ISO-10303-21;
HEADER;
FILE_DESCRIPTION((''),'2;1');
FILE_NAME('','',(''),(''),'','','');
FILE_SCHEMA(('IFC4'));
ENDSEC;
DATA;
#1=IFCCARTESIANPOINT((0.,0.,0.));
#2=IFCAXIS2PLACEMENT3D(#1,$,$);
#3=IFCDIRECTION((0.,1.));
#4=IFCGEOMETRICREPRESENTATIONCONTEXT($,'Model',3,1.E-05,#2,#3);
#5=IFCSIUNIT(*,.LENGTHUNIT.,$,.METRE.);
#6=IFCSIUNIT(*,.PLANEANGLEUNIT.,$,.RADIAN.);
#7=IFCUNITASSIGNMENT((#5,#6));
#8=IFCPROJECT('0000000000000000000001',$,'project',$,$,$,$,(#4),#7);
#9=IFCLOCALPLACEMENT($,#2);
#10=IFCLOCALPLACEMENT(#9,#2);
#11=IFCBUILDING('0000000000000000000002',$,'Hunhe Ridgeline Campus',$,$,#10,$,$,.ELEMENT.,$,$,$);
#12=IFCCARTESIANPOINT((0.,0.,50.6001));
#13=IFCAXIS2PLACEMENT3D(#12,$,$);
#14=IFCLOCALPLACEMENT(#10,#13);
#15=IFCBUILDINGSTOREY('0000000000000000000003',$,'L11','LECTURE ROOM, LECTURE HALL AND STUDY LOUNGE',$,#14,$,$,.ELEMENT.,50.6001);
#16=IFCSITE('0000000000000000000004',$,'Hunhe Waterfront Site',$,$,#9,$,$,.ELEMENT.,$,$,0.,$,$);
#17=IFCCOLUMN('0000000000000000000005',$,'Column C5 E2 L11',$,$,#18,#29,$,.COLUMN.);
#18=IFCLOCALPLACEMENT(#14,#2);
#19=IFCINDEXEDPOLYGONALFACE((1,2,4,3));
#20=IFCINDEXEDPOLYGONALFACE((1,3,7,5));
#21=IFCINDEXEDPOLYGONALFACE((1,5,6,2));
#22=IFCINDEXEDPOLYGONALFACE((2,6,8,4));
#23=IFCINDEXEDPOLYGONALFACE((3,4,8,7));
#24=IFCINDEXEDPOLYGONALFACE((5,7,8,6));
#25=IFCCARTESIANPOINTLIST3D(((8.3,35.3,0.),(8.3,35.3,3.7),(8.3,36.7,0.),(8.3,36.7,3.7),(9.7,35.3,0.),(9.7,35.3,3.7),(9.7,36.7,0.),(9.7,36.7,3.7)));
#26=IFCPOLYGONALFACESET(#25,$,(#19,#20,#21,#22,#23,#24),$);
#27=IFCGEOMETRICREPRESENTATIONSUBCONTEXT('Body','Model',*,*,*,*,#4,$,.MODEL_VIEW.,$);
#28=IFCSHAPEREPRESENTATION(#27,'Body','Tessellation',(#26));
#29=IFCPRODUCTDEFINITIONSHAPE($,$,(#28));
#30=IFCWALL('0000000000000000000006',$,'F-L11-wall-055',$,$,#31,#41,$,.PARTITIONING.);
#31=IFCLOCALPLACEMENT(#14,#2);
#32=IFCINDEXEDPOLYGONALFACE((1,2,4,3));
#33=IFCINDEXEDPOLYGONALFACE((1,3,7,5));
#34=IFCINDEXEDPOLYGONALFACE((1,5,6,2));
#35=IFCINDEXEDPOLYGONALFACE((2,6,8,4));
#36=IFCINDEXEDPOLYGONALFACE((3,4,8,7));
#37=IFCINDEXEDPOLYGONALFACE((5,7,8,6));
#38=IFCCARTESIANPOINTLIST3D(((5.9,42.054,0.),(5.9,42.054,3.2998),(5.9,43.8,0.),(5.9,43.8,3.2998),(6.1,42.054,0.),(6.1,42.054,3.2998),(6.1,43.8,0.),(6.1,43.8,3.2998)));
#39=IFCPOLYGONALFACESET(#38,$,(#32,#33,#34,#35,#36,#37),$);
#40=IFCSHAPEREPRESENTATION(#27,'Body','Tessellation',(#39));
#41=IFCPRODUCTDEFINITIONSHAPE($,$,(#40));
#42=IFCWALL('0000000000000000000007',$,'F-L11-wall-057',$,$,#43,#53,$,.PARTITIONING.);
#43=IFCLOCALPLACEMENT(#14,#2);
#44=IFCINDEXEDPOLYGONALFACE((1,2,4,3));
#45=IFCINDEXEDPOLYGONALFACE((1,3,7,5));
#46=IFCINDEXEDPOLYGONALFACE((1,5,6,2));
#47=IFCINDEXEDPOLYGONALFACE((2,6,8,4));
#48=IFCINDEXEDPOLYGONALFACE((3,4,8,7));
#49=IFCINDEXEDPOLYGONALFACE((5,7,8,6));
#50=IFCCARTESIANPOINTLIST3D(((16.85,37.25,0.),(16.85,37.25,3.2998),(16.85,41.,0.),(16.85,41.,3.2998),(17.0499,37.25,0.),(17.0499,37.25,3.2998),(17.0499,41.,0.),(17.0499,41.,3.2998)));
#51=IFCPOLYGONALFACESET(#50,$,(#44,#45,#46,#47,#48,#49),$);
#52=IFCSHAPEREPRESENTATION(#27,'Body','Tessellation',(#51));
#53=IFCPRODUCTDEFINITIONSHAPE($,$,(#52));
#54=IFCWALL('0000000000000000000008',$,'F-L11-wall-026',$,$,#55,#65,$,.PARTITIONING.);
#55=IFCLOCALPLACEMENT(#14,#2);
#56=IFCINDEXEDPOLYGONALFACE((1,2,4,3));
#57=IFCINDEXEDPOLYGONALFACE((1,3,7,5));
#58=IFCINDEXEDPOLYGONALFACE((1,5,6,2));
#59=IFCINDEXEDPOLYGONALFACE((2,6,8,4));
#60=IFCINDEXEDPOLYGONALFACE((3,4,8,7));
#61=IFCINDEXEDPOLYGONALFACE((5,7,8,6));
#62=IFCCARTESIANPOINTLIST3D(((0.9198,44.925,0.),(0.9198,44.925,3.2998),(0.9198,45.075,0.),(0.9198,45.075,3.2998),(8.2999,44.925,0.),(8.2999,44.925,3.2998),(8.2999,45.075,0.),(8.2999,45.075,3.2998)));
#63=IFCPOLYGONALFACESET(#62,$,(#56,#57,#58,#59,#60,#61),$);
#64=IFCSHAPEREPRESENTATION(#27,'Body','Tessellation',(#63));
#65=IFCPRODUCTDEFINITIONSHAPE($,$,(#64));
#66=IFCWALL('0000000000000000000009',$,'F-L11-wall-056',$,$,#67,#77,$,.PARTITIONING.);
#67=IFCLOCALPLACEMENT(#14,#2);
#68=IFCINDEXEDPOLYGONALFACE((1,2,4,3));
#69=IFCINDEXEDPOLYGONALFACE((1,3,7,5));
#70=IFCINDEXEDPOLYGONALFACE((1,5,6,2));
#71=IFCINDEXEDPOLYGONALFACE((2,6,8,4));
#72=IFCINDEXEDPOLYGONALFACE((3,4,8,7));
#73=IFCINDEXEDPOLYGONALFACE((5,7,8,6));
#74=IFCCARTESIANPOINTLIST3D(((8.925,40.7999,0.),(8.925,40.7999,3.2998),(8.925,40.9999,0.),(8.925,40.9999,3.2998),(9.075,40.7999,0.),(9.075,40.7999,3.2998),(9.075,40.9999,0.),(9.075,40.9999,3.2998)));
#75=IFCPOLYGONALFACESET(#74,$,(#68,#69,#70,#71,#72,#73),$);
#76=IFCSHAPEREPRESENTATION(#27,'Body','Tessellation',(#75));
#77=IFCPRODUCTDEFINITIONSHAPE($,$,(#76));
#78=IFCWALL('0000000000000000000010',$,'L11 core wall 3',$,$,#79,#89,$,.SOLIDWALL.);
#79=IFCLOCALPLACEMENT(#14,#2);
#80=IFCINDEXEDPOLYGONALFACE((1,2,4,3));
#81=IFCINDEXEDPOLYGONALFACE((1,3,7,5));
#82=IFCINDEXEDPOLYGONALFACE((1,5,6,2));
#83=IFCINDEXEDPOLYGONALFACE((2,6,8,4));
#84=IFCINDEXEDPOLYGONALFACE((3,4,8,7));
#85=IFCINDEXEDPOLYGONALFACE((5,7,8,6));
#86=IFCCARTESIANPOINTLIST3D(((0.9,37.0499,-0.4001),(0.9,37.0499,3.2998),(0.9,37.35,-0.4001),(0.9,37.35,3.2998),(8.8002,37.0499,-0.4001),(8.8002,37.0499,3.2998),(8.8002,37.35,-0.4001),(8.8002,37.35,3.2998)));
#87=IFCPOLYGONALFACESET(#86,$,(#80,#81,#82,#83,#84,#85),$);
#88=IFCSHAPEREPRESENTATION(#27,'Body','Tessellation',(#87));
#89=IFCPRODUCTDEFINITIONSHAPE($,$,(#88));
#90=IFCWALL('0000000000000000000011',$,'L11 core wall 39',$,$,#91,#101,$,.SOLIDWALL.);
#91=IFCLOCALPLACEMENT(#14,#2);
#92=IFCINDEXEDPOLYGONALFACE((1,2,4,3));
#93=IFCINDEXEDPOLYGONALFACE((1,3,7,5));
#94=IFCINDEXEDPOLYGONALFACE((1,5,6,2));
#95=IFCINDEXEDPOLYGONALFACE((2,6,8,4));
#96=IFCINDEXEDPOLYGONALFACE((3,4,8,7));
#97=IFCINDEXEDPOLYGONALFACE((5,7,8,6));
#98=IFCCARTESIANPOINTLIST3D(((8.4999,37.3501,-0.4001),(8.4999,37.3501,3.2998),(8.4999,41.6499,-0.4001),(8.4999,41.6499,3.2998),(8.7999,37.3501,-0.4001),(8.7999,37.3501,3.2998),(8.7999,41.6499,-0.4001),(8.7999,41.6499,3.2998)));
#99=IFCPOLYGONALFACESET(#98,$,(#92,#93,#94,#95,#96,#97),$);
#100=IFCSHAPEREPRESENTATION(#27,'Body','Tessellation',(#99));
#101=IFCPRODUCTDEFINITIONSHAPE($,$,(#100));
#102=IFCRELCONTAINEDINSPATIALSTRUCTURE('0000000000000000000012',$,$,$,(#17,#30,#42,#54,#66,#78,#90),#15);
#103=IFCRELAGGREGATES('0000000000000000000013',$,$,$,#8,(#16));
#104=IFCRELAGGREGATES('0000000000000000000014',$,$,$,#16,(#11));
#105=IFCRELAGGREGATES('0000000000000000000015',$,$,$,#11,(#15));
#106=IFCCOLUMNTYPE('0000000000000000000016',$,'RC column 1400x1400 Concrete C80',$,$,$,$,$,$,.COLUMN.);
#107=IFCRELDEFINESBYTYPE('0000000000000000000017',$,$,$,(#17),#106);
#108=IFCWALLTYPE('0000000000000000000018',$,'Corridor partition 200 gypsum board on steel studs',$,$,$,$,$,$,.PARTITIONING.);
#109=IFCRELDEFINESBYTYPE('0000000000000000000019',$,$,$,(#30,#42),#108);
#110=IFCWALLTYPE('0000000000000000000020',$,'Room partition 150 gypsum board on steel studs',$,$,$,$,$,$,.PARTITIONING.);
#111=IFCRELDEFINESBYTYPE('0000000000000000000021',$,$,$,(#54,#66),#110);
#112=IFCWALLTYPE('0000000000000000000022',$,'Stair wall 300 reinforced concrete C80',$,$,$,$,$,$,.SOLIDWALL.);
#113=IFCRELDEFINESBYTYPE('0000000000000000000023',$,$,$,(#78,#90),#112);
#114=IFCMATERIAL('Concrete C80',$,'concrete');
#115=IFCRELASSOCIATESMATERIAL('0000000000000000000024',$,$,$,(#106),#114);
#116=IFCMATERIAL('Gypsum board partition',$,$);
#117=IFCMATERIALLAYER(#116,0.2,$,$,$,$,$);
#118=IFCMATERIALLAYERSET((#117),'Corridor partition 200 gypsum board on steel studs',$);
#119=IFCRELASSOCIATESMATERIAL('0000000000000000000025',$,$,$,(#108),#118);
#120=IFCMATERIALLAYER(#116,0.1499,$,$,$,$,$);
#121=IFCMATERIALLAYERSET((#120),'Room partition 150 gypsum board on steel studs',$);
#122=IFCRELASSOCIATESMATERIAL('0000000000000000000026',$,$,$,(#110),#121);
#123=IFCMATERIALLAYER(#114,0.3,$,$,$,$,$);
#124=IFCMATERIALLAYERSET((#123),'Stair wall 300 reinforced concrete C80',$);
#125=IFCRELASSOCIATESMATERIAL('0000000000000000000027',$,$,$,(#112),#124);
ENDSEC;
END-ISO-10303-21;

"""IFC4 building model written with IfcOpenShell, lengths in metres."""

from ifc_helpers import new_model, si_unit, direction, frame, frame_2d, origin, origin_2d, place, context, subcontext, project, spatial, rectangle, extrude, material, layer, layer_set, material_profile, profile_set, type_object, element, save


model = new_model("IFC4")

# Units and contexts
model_context = context("Model", 3, precision=1e-05, world=origin(), true_north=direction((0.0, 1.0)))
body_context = subcontext(model_context, "Body", "Model", "MODEL_VIEW")
ifc_project = project(units=[si_unit("LENGTHUNIT", "METRE"), si_unit("PLANEANGLEUNIT", "RADIAN")], contexts=[model_context])

# Site, building, storey
site_placement = place(None, origin())
site = spatial("IfcSite", under=ifc_project, at=site_placement, Name="Hunhe Waterfront Site", CompositionType="ELEMENT", RefElevation=0.0)
building_placement = place(site_placement, origin())
building = spatial("IfcBuilding", under=site, at=building_placement, Name="Hunhe Ridgeline Campus", CompositionType="ELEMENT")
storey_placement = place(building_placement, frame((0.0, 0.0, 50.6001)))
storey = spatial("IfcBuildingStorey", under=building, at=storey_placement, Name="L11", Description="LECTURE ROOM, LECTURE HALL AND STUDY LOUNGE", CompositionType="ELEMENT", Elevation=50.6001)

# Column
ifc_material_1 = material(Name="Concrete C80", Category="concrete")
ifc_material_profile = material_profile(ifc_material_1, rectangle(XDim=1.3999, YDim=1.3999, at=origin_2d()))
ifc_profile_set = profile_set([ifc_material_profile], Name="Concrete C80")
column_type = type_object("IfcColumnType", Name="RC column 1400x1400 Concrete C80", PredefinedType="COLUMN", material=ifc_profile_set)
column_placement = place(storey_placement, frame((9.0, 36.0, 0.0), z_axis=(0.0, 0.0, 1.0), x_axis=(1.0, 0.0, 0.0)))
element("IfcColumn", 1, at=column_placement, inside=storey, type_object=column_type, Name="Column C5 E2 L11", PredefinedType="COLUMN", context=body_context, shape_type="SweptSolid", body=[
    extrude(rectangle(XDim=1.3999, YDim=1.3999, at=origin_2d()), origin(), (0.0, 0.0, 1.0), 3.7),
])

# Shared definitions
ifc_material_2 = material(Name="Gypsum board partition")
ifc_layer_1 = layer(ifc_material_2, 0.2)
ifc_layer_set_1 = layer_set([ifc_layer_1], Name="Corridor partition 200 gypsum board on steel studs")
wall_type_1 = type_object("IfcWallType", Name="Corridor partition 200 gypsum board on steel studs", PredefinedType="PARTITIONING", material=ifc_layer_set_1)

# Walls
wall_1_placement = place(storey_placement, frame((6.0, 42.054, 0.0), z_axis=(0.0, 0.0, 1.0), x_axis=(0.0, 1.0, 0.0)))
element("IfcWall", 2, at=wall_1_placement, inside=storey, type_object=wall_type_1, Name="F-L11-wall-055", PredefinedType="PARTITIONING", context=body_context, shape_type="SweptSolid", body=[
    extrude(rectangle(XDim=1.7461, YDim=0.2, at=frame_2d((0.873, 0.0))), origin(), (0.0, 0.0, 1.0), 3.2998),
])
wall_2_placement = place(storey_placement, frame((16.95, 37.25, 0.0), z_axis=(0.0, 0.0, 1.0), x_axis=(0.0, 1.0, 0.0)))
element("IfcWall", 3, at=wall_2_placement, inside=storey, type_object=wall_type_1, Name="F-L11-wall-057", PredefinedType="PARTITIONING", context=body_context, shape_type="SweptSolid", body=[
    extrude(rectangle(XDim=3.75, YDim=0.2, at=frame_2d((1.875, 0.0))), origin(), (0.0, 0.0, 1.0), 3.2998),
])
ifc_layer_2 = layer(ifc_material_2, 0.1499)
ifc_layer_set_2 = layer_set([ifc_layer_2], Name="Room partition 150 gypsum board on steel studs")
wall_type_2 = type_object("IfcWallType", Name="Room partition 150 gypsum board on steel studs", PredefinedType="PARTITIONING", material=ifc_layer_set_2)
wall_3_placement = place(storey_placement, frame((0.9199, 45.0, 0.0), z_axis=(0.0, 0.0, 1.0), x_axis=(1.0, 0.0, 0.0)))
element("IfcWall", 4, at=wall_3_placement, inside=storey, type_object=wall_type_2, Name="F-L11-wall-026", PredefinedType="PARTITIONING", context=body_context, shape_type="SweptSolid", body=[
    extrude(rectangle(XDim=7.3801, YDim=0.1499, at=frame_2d((3.6899, 0.0))), origin(), (0.0, 0.0, 1.0), 3.2998),
])
wall_4_placement = place(storey_placement, frame((9.0, 41.0, 0.0), z_axis=(0.0, 0.0, 1.0), x_axis=(0.0, -1.0, 0.0)))
element("IfcWall", 5, at=wall_4_placement, inside=storey, type_object=wall_type_2, Name="F-L11-wall-056", PredefinedType="PARTITIONING", context=body_context, shape_type="SweptSolid", body=[
    extrude(rectangle(XDim=0.2, YDim=0.1499, at=frame_2d((0.1001, 0.0))), origin(), (0.0, 0.0, 1.0), 3.2998),
])
ifc_layer_3 = layer(ifc_material_1, 0.3)
ifc_layer_set_3 = layer_set([ifc_layer_3], Name="Stair wall 300 reinforced concrete C80")
wall_type_3 = type_object("IfcWallType", Name="Stair wall 300 reinforced concrete C80", PredefinedType="SOLIDWALL", material=ifc_layer_set_3)
wall_5_placement = place(storey_placement, frame((0.8999, 37.2, -0.4001), z_axis=(0.0, 0.0, 1.0), x_axis=(1.0, 0.0, 0.0)))
element("IfcWall", 6, at=wall_5_placement, inside=storey, type_object=wall_type_3, Name="L11 core wall 3", PredefinedType="SOLIDWALL", context=body_context, shape_type="SweptSolid", body=[
    extrude(rectangle(XDim=7.9001, YDim=0.3, at=frame_2d((3.9502, 0.0))), origin(), (0.0, 0.0, 1.0), 3.7),
])

# Wall
wall_6_placement = place(storey_placement, frame((8.6499, 37.3501, -0.4001), z_axis=(0.0, 0.0, 1.0), x_axis=(0.0, 1.0, 0.0)))
element("IfcWall", 7, at=wall_6_placement, inside=storey, type_object=wall_type_3, Name="L11 core wall 39", PredefinedType="SOLIDWALL", context=body_context, shape_type="SweptSolid", body=[
    extrude(rectangle(XDim=4.2998, YDim=0.3, at=frame_2d((2.1499, 0.0))), origin(), (0.0, 0.0, 1.0), 3.7),
])

save(model, "model.ifc")
